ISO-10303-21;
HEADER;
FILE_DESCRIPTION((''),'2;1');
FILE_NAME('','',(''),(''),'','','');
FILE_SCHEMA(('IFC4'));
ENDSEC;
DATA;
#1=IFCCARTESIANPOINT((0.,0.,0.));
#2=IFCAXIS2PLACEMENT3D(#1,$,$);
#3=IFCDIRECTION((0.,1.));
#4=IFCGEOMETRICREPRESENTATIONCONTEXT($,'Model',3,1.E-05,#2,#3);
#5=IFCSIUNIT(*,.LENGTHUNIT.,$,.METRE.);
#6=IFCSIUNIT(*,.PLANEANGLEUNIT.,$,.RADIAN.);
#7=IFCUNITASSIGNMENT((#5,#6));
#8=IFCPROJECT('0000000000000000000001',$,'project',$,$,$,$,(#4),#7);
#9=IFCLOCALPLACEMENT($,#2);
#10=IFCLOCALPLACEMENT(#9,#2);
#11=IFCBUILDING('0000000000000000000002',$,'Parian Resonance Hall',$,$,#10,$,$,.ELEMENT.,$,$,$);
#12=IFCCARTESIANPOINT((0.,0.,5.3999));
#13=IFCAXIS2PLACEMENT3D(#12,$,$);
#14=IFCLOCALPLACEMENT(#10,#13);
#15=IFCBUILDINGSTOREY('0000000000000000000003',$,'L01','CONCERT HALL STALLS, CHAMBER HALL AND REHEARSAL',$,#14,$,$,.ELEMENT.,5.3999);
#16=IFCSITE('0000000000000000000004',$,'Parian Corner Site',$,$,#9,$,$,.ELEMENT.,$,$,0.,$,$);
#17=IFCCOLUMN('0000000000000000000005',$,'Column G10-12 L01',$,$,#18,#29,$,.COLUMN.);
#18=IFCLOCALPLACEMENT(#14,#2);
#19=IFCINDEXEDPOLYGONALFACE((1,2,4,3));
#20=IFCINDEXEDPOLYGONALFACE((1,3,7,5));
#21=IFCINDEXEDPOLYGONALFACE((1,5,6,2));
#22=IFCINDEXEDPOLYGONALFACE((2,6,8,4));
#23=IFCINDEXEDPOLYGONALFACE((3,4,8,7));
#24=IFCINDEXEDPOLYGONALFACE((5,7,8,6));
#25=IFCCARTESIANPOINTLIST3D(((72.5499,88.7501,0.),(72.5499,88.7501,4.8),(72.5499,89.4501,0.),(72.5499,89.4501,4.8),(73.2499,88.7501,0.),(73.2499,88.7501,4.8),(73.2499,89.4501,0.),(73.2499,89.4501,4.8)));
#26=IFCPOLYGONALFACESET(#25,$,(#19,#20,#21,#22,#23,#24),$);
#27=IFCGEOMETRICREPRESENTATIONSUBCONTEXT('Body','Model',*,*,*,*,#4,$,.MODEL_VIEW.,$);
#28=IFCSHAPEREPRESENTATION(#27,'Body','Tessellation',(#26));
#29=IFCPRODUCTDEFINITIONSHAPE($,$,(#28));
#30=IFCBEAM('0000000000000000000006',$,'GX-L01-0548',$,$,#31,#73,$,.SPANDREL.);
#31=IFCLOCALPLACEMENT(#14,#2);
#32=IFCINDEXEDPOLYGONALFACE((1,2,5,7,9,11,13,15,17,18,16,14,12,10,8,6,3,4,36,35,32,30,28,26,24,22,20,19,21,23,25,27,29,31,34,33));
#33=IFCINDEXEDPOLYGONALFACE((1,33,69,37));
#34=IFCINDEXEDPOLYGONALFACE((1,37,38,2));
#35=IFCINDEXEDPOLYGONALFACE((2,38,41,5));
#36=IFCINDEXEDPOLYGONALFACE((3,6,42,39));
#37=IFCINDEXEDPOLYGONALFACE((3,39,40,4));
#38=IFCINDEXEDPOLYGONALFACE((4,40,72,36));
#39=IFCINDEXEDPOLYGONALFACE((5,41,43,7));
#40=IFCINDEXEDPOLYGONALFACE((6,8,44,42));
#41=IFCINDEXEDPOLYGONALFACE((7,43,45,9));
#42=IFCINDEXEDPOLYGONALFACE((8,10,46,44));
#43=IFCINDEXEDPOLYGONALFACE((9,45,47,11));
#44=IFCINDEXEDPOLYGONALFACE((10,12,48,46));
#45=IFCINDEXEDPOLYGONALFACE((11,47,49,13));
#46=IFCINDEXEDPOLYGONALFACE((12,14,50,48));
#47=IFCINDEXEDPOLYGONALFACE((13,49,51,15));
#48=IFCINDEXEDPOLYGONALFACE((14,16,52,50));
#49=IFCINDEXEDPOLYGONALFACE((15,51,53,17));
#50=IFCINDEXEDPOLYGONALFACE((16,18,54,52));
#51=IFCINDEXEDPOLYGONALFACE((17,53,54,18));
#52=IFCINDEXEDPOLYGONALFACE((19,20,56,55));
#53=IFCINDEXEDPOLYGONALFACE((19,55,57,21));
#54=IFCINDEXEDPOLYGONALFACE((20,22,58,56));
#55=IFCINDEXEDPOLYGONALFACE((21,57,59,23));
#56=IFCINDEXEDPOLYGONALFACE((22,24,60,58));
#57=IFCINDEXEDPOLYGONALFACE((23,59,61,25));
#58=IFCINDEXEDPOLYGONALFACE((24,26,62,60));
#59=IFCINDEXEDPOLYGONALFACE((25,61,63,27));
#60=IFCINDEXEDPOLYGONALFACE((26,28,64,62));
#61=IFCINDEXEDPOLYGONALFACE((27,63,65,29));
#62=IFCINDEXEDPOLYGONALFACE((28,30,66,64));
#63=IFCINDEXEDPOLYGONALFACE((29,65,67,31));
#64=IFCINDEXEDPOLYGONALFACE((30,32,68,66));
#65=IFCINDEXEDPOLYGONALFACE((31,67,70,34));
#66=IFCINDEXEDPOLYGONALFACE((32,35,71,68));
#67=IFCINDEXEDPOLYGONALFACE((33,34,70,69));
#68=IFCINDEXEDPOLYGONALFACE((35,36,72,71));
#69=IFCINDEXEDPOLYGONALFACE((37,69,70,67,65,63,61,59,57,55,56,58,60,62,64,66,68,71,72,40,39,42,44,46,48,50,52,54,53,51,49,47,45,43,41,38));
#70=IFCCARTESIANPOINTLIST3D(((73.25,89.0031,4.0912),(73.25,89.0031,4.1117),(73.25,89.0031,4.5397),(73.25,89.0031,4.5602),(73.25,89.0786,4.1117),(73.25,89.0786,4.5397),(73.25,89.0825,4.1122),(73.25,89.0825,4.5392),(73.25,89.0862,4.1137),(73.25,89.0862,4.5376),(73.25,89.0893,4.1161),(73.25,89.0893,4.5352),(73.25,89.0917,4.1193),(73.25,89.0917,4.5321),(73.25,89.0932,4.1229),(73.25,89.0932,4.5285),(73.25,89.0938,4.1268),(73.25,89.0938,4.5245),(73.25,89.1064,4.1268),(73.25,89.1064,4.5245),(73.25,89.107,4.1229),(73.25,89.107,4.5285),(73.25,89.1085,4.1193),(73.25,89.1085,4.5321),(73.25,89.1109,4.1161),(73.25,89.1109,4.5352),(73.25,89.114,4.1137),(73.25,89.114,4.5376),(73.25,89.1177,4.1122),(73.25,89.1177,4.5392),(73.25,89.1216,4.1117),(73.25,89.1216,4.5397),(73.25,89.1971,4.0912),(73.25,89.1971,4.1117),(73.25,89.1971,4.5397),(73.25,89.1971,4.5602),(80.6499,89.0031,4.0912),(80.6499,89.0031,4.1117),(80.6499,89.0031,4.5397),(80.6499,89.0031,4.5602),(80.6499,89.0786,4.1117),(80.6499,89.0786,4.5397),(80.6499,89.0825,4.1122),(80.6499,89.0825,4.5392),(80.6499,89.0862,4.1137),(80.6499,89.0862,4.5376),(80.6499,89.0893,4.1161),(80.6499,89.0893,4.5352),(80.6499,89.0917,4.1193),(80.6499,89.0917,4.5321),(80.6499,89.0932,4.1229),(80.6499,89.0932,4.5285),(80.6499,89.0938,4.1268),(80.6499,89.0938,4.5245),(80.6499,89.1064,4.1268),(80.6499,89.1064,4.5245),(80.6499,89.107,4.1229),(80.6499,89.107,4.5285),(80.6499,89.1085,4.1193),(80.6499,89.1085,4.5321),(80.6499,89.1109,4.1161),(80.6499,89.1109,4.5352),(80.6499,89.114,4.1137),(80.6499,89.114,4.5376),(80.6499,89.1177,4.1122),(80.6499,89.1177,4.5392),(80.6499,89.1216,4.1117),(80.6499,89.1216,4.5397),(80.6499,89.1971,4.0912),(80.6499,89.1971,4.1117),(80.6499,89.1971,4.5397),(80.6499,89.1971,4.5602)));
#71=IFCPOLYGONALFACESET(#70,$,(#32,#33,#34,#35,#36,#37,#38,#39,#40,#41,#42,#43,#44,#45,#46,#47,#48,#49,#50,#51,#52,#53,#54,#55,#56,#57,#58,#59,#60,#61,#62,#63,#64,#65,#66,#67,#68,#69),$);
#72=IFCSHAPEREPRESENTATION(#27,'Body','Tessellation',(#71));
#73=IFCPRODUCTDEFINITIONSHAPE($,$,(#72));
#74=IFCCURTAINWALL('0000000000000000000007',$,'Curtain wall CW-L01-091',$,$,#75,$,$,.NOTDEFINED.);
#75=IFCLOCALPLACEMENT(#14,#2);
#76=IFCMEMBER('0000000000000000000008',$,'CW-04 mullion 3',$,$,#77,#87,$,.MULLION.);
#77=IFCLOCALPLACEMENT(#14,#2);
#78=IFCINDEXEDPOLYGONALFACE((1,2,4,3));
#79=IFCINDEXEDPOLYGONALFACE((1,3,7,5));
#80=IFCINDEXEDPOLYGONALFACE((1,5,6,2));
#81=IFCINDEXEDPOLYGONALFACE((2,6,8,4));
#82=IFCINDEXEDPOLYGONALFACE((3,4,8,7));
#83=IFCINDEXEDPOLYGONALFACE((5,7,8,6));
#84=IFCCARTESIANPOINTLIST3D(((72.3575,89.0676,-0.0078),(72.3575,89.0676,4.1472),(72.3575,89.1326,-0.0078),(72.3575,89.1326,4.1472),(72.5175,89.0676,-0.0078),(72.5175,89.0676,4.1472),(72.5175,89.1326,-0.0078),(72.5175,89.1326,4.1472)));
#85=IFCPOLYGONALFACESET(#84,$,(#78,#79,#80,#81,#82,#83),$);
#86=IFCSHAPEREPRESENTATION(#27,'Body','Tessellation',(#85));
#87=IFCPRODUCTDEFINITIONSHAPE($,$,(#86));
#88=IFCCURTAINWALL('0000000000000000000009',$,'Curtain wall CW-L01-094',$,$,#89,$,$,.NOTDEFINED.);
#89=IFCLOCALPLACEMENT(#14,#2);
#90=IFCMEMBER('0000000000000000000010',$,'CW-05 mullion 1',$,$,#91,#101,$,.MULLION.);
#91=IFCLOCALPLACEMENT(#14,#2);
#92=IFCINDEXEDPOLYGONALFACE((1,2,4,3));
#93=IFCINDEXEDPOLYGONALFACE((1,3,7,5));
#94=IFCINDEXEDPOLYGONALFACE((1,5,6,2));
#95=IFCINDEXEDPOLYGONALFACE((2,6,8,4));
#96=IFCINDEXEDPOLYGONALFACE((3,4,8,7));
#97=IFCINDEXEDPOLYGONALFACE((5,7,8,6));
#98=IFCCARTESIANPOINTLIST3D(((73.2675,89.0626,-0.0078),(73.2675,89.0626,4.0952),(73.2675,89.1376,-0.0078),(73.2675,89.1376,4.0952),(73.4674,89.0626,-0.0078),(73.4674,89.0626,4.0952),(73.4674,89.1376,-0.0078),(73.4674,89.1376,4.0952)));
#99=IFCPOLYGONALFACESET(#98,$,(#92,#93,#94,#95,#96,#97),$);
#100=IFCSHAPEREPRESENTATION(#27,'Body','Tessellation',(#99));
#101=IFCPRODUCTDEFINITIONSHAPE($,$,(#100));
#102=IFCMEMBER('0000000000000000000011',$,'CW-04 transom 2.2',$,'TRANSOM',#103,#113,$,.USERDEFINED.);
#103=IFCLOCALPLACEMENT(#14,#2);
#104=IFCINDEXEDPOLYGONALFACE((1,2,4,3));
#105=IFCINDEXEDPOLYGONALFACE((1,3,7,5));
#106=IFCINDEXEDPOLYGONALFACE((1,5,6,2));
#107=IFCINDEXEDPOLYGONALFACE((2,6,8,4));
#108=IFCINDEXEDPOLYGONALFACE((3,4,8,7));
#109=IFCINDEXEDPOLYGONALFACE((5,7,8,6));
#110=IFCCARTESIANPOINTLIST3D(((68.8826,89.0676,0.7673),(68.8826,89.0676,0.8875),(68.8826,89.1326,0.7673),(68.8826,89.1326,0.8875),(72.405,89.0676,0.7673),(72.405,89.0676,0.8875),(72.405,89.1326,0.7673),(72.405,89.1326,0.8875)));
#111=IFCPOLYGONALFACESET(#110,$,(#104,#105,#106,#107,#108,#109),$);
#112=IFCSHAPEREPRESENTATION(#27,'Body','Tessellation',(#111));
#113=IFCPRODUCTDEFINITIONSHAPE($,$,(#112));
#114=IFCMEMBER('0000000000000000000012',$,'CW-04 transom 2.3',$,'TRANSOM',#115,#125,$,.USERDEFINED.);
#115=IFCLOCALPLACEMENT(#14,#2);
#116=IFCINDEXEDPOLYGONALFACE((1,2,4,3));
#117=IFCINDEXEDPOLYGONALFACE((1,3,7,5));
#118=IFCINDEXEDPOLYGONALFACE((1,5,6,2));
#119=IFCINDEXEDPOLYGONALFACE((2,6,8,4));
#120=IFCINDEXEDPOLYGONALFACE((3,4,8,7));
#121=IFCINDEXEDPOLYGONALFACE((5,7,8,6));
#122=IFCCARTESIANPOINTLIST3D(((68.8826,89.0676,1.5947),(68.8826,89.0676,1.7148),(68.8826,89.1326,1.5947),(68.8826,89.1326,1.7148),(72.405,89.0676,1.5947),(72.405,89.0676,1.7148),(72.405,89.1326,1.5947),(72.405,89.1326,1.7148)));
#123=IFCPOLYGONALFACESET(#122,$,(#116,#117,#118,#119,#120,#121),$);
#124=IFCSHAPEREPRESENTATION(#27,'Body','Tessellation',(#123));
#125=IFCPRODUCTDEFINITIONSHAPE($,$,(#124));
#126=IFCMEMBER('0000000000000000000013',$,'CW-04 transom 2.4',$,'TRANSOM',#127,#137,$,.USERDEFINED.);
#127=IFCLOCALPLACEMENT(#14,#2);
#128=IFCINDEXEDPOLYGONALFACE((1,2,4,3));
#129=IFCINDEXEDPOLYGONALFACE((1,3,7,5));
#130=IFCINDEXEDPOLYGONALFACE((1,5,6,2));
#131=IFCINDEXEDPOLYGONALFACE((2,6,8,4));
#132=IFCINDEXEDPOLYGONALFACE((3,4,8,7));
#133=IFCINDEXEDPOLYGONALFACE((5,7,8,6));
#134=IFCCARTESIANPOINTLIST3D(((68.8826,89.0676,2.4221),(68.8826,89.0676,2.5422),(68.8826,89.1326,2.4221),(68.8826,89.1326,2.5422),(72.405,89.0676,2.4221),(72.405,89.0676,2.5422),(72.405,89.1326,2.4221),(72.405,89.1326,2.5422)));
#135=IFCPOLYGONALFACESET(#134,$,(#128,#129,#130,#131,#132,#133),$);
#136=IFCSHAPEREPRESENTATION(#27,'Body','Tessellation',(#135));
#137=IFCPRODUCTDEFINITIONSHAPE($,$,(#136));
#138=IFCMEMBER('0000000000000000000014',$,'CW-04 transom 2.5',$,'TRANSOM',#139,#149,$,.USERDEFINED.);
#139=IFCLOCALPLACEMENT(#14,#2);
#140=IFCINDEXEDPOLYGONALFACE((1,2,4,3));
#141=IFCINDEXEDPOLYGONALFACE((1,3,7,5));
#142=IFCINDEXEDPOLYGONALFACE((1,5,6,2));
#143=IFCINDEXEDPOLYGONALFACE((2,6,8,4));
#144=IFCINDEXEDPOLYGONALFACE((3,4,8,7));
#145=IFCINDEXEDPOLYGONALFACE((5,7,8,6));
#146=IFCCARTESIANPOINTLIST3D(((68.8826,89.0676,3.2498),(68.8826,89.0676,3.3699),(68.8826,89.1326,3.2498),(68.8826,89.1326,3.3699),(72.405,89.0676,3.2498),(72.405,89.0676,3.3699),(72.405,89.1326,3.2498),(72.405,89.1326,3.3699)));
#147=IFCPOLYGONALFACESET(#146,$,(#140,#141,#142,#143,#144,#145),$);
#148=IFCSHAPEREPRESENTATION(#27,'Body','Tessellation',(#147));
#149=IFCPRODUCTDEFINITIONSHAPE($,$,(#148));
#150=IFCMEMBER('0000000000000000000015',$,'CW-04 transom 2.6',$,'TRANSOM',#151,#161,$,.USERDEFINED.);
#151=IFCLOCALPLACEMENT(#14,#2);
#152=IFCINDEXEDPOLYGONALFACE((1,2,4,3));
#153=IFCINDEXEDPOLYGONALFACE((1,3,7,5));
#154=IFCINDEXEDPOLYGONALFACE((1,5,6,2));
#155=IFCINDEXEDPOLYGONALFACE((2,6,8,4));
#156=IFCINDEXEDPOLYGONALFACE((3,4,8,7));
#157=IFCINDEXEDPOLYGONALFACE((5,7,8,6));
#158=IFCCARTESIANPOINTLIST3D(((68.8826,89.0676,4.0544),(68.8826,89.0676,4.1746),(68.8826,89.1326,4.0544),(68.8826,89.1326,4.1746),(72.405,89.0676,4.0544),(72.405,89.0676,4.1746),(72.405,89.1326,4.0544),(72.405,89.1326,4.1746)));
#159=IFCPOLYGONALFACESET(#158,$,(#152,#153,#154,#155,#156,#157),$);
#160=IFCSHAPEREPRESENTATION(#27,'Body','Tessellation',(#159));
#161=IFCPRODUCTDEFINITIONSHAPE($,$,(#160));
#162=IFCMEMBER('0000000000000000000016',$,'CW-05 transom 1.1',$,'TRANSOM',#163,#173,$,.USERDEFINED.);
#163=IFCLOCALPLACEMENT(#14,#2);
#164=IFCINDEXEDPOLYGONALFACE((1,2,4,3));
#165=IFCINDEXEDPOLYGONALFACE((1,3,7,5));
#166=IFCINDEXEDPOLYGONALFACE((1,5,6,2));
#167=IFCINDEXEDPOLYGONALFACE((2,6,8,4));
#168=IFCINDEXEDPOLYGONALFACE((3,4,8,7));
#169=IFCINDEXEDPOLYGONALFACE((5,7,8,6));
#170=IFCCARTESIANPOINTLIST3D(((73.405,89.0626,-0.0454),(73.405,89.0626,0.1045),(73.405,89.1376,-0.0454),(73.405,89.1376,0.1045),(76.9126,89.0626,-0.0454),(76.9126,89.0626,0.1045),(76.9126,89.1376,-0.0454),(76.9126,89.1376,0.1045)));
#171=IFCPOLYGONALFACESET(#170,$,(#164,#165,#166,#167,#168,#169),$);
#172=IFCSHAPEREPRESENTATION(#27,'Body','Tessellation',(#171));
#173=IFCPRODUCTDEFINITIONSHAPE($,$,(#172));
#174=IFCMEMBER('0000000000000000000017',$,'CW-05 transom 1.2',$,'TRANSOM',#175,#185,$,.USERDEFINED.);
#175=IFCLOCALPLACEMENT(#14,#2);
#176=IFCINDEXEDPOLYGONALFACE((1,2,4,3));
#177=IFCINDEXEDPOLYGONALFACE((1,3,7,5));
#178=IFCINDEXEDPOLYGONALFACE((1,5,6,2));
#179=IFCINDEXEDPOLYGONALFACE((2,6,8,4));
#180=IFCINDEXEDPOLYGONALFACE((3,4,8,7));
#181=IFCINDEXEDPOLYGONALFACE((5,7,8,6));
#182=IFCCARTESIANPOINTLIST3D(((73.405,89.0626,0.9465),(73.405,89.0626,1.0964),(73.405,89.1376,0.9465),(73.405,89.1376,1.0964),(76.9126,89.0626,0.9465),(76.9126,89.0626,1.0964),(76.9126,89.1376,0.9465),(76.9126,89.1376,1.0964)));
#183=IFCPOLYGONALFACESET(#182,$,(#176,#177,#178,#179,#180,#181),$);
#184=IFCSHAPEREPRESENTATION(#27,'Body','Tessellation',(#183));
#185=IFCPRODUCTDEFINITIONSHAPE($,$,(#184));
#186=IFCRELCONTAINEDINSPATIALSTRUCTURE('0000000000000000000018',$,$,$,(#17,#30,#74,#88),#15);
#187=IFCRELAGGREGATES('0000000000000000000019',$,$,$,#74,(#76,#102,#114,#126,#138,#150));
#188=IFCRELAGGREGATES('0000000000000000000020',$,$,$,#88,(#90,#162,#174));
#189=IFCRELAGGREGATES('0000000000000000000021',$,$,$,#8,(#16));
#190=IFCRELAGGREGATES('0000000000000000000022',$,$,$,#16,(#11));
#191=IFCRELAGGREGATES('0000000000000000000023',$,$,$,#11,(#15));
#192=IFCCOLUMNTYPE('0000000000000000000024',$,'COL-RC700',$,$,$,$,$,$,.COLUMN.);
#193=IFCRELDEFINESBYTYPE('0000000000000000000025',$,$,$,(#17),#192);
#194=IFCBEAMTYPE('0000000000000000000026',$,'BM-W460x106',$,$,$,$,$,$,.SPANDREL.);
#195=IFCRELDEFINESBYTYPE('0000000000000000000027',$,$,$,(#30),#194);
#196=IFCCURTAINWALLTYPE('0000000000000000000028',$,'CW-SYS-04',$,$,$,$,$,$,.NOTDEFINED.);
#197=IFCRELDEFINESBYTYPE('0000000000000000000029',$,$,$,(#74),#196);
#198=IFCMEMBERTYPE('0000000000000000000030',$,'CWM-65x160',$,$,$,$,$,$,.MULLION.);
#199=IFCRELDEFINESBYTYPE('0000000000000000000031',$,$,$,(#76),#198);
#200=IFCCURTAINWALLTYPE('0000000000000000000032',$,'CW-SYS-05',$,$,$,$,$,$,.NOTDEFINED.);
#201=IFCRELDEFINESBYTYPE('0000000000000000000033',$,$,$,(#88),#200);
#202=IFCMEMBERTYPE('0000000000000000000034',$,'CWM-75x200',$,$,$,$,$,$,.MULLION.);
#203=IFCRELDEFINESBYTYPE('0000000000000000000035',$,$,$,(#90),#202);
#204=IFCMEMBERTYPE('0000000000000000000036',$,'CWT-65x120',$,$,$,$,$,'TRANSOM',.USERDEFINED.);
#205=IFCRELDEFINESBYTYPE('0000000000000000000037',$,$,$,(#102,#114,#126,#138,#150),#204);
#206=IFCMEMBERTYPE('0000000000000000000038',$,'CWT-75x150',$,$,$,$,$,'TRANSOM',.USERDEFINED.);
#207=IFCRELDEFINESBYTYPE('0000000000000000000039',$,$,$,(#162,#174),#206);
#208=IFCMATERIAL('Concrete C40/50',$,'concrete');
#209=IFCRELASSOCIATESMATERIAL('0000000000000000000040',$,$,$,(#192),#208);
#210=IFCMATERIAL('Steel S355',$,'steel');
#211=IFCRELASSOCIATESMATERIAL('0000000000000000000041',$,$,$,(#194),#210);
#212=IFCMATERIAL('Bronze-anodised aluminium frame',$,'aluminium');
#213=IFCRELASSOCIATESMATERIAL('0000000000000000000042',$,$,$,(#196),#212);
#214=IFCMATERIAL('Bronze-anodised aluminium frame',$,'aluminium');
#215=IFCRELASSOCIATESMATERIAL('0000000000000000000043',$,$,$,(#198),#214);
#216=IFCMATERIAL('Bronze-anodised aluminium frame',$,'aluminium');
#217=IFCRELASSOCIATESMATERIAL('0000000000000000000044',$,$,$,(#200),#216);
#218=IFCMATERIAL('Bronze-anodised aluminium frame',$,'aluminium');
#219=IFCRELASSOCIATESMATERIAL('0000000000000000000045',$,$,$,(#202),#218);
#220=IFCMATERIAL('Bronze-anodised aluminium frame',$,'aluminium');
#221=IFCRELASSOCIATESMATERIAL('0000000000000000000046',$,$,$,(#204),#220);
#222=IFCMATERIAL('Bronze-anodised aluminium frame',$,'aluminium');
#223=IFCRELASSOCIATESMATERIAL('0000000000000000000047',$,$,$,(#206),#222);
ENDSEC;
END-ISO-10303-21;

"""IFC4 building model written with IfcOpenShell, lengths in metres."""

from ifc_helpers import new_model, si_unit, direction, frame, origin, origin_2d, place, context, subcontext, project, spatial, rectangle, i_section, extrude, material, material_profile, profile_set, type_object, element, aggregate, save


model = new_model("IFC4")

# Units and contexts
model_context = context("Model", 3, precision=1e-05, world=origin(), true_north=direction((0.0, 1.0)))
body_context = subcontext(model_context, "Body", "Model", "MODEL_VIEW")
ifc_project = project(units=[si_unit("LENGTHUNIT", "METRE"), si_unit("PLANEANGLEUNIT", "RADIAN")], contexts=[model_context])

# Site, building, storey
site_placement = place(None, origin())
site = spatial("IfcSite", under=ifc_project, at=site_placement, Name="Parian Corner Site", CompositionType="ELEMENT", RefElevation=0.0)
building_placement = place(site_placement, origin())
building = spatial("IfcBuilding", under=site, at=building_placement, Name="Parian Resonance Hall", CompositionType="ELEMENT")
storey_placement = place(building_placement, frame((0.0, 0.0, 5.3999)))
storey = spatial("IfcBuildingStorey", under=building, at=storey_placement, Name="L01", Description="CONCERT HALL STALLS, CHAMBER HALL AND REHEARSAL", CompositionType="ELEMENT", Elevation=5.3999)

# Column
ifc_material_1 = material(Name="Concrete C40/50", Category="concrete")
ifc_material_profile_1 = material_profile(ifc_material_1, rectangle(XDim=0.7, YDim=0.7, at=origin_2d()), Name="RC-COL-700x700")
ifc_profile_set_1 = profile_set([ifc_material_profile_1], Name="Concrete C40/50")
column_type = type_object("IfcColumnType", Name="COL-RC700", PredefinedType="COLUMN", material=ifc_profile_set_1)
column_placement = place(storey_placement, frame((72.8999, 89.1001, 0.0), z_axis=(0.0, 0.0, 1.0), x_axis=(1.0, 0.0, 0.0)))
element("IfcColumn", 1, at=column_placement, inside=storey, type_object=column_type, Name="Column G10-12 L01", PredefinedType="COLUMN", context=body_context, shape_type="SweptSolid", body=[
    extrude(rectangle(XDim=0.7, YDim=0.7, at=origin_2d()), origin(), (0.0, 0.0, 1.0), 4.8),
])

# Beam
ifc_material_2 = material(Name="Steel S355", Category="steel")
ifc_material_profile_2 = material_profile(ifc_material_2, i_section(OverallWidth=0.1941, OverallDepth=0.469, WebThickness=0.0127, FlangeThickness=0.0205, FilletRadius=0.0151, at=origin_2d()), Name="W460x106")
ifc_profile_set_2 = profile_set([ifc_material_profile_2], Name="Steel S355")
beam_type = type_object("IfcBeamType", Name="BM-W460x106", PredefinedType="SPANDREL", material=ifc_profile_set_2)
beam_placement = place(storey_placement, frame((73.25, 89.1001, 4.3257), z_axis=(1.0, 0.0, 0.0), x_axis=(0.0, 1.0, 0.0)))
element("IfcBeam", 2, at=beam_placement, inside=storey, type_object=beam_type, Name="GX-L01-0548", PredefinedType="SPANDREL", context=body_context, shape_type="SweptSolid", body=[
    extrude(i_section(OverallWidth=0.1941, OverallDepth=0.469, WebThickness=0.0127, FlangeThickness=0.0205, FilletRadius=0.0151, at=origin_2d()), origin(), (0.0, 0.0, 1.0), 7.3999),
])

# Curtain walls, members
ifc_material_3 = material(Name="Bronze-anodised aluminium frame", Category="aluminium")
curtain_wall_type_1 = type_object("IfcCurtainWallType", Name="CW-SYS-04", PredefinedType="NOTDEFINED", material=ifc_material_3)
curtain_wall_1_placement = place(storey_placement, origin())
curtain_wall_1 = element("IfcCurtainWall", 3, at=curtain_wall_1_placement, inside=storey, type_object=curtain_wall_type_1, Name="Curtain wall CW-L01-091", PredefinedType="NOTDEFINED")
ifc_material_4 = material(Name="Bronze-anodised aluminium frame", Category="aluminium")
ifc_material_profile_3 = material_profile(ifc_material_4, rectangle(XDim=0.0649, YDim=0.1599, at=origin_2d()), Name="CWM-65x160")
ifc_profile_set_3 = profile_set([ifc_material_profile_3], Name="Bronze-anodised aluminium frame")
member_type_1 = type_object("IfcMemberType", Name="CWM-65x160", PredefinedType="MULLION", material=ifc_profile_set_3)
member_1_placement = place(storey_placement, frame((72.4375, 89.1001, -0.0078), z_axis=(0.0, 0.0, 1.0), x_axis=(0.0, 1.0, 0.0)))
member_1 = element("IfcMember", 4, at=member_1_placement, type_object=member_type_1, Name="CW-04 mullion 3", PredefinedType="MULLION", context=body_context, shape_type="SweptSolid", body=[
    extrude(rectangle(XDim=0.0649, YDim=0.1599, at=origin_2d()), origin(), (0.0, 0.0, 1.0), 4.155),
])
ifc_material_5 = material(Name="Bronze-anodised aluminium frame", Category="aluminium")
curtain_wall_type_2 = type_object("IfcCurtainWallType", Name="CW-SYS-05", PredefinedType="NOTDEFINED", material=ifc_material_5)
curtain_wall_2_placement = place(storey_placement, origin())
curtain_wall_2 = element("IfcCurtainWall", 5, at=curtain_wall_2_placement, inside=storey, type_object=curtain_wall_type_2, Name="Curtain wall CW-L01-094", PredefinedType="NOTDEFINED")
ifc_material_6 = material(Name="Bronze-anodised aluminium frame", Category="aluminium")
ifc_material_profile_4 = material_profile(ifc_material_6, rectangle(XDim=0.075, YDim=0.2, at=origin_2d()), Name="CWM-75x200")
ifc_profile_set_4 = profile_set([ifc_material_profile_4], Name="Bronze-anodised aluminium frame")
member_type_2 = type_object("IfcMemberType", Name="CWM-75x200", PredefinedType="MULLION", material=ifc_profile_set_4)
member_2_placement = place(storey_placement, frame((73.3674, 89.1001, -0.0078), z_axis=(0.0, 0.0, 1.0), x_axis=(0.0, 1.0, 0.0)))
member_2 = element("IfcMember", 6, at=member_2_placement, type_object=member_type_2, Name="CW-05 mullion 1", PredefinedType="MULLION", context=body_context, shape_type="SweptSolid", body=[
    extrude(rectangle(XDim=0.075, YDim=0.2, at=origin_2d()), origin(), (0.0, 0.0, 1.0), 4.103),
])

# Members
ifc_material_7 = material(Name="Bronze-anodised aluminium frame", Category="aluminium")
ifc_material_profile_5 = material_profile(ifc_material_7, rectangle(XDim=0.0649, YDim=0.1201, at=origin_2d()), Name="CWT-65x120")
ifc_profile_set_5 = profile_set([ifc_material_profile_5], Name="Bronze-anodised aluminium frame")
member_type_3 = type_object("IfcMemberType", Name="CWT-65x120", ElementType="TRANSOM", PredefinedType="USERDEFINED", material=ifc_profile_set_5)
member_3_placement = place(storey_placement, frame((68.8826, 89.1001, 0.8274), z_axis=(1.0, 0.0, 0.0), x_axis=(0.0, 1.0, 0.0)))
member_3 = element("IfcMember", 7, at=member_3_placement, type_object=member_type_3, Name="CW-04 transom 2.2", ObjectType="TRANSOM", PredefinedType="USERDEFINED", context=body_context, shape_type="SweptSolid", body=[
    extrude(rectangle(XDim=0.0649, YDim=0.1201, at=origin_2d()), origin(), (0.0, 0.0, 1.0), 3.5225),
])
member_4_placement = place(storey_placement, frame((68.8826, 89.1001, 1.6548), z_axis=(1.0, 0.0, 0.0), x_axis=(0.0, 1.0, 0.0)))
member_4 = element("IfcMember", 8, at=member_4_placement, type_object=member_type_3, Name="CW-04 transom 2.3", ObjectType="TRANSOM", PredefinedType="USERDEFINED", context=body_context, shape_type="SweptSolid", body=[
    extrude(rectangle(XDim=0.0649, YDim=0.1201, at=origin_2d()), origin(), (0.0, 0.0, 1.0), 3.5225),
])
member_5_placement = place(storey_placement, frame((68.8826, 89.1001, 2.4822), z_axis=(1.0, 0.0, 0.0), x_axis=(0.0, 1.0, 0.0)))
member_5 = element("IfcMember", 9, at=member_5_placement, type_object=member_type_3, Name="CW-04 transom 2.4", ObjectType="TRANSOM", PredefinedType="USERDEFINED", context=body_context, shape_type="SweptSolid", body=[
    extrude(rectangle(XDim=0.0649, YDim=0.1201, at=origin_2d()), origin(), (0.0, 0.0, 1.0), 3.5225),
])
member_6_placement = place(storey_placement, frame((68.8826, 89.1001, 3.3098), z_axis=(1.0, 0.0, 0.0), x_axis=(0.0, 1.0, 0.0)))
member_6 = element("IfcMember", 10, at=member_6_placement, type_object=member_type_3, Name="CW-04 transom 2.5", ObjectType="TRANSOM", PredefinedType="USERDEFINED", context=body_context, shape_type="SweptSolid", body=[
    extrude(rectangle(XDim=0.0649, YDim=0.1201, at=origin_2d()), origin(), (0.0, 0.0, 1.0), 3.5225),
])
member_7_placement = place(storey_placement, frame((68.8826, 89.1001, 4.1145), z_axis=(1.0, 0.0, 0.0), x_axis=(0.0, 1.0, 0.0)))
member_7 = element("IfcMember", 11, at=member_7_placement, type_object=member_type_3, Name="CW-04 transom 2.6", ObjectType="TRANSOM", PredefinedType="USERDEFINED", context=body_context, shape_type="SweptSolid", body=[
    extrude(rectangle(XDim=0.0649, YDim=0.1201, at=origin_2d()), origin(), (0.0, 0.0, 1.0), 3.5225),
])
ifc_material_8 = material(Name="Bronze-anodised aluminium frame", Category="aluminium")
ifc_material_profile_6 = material_profile(ifc_material_8, rectangle(XDim=0.075, YDim=0.1499, at=origin_2d()), Name="CWT-75x150")
ifc_profile_set_6 = profile_set([ifc_material_profile_6], Name="Bronze-anodised aluminium frame")
member_type_4 = type_object("IfcMemberType", Name="CWT-75x150", ElementType="TRANSOM", PredefinedType="USERDEFINED", material=ifc_profile_set_6)
member_8_placement = place(storey_placement, frame((73.405, 89.1001, 0.0295), z_axis=(1.0, 0.0, 0.0), x_axis=(0.0, 1.0, 0.0)))
member_8 = element("IfcMember", 12, at=member_8_placement, type_object=member_type_4, Name="CW-05 transom 1.1", ObjectType="TRANSOM", PredefinedType="USERDEFINED", context=body_context, shape_type="SweptSolid", body=[
    extrude(rectangle(XDim=0.075, YDim=0.1499, at=origin_2d()), origin(), (0.0, 0.0, 1.0), 3.5076),
])
member_9_placement = place(storey_placement, frame((73.405, 89.1001, 1.0215), z_axis=(1.0, 0.0, 0.0), x_axis=(0.0, 1.0, 0.0)))
member_9 = element("IfcMember", 13, at=member_9_placement, type_object=member_type_4, Name="CW-05 transom 1.2", ObjectType="TRANSOM", PredefinedType="USERDEFINED", context=body_context, shape_type="SweptSolid", body=[
    extrude(rectangle(XDim=0.075, YDim=0.1499, at=origin_2d()), origin(), (0.0, 0.0, 1.0), 3.5076),
])

aggregate(curtain_wall_1, [member_1, member_3, member_4, member_5, member_6, member_7])
aggregate(curtain_wall_2, [member_2, member_8, member_9])

save(model, "model.ifc")
